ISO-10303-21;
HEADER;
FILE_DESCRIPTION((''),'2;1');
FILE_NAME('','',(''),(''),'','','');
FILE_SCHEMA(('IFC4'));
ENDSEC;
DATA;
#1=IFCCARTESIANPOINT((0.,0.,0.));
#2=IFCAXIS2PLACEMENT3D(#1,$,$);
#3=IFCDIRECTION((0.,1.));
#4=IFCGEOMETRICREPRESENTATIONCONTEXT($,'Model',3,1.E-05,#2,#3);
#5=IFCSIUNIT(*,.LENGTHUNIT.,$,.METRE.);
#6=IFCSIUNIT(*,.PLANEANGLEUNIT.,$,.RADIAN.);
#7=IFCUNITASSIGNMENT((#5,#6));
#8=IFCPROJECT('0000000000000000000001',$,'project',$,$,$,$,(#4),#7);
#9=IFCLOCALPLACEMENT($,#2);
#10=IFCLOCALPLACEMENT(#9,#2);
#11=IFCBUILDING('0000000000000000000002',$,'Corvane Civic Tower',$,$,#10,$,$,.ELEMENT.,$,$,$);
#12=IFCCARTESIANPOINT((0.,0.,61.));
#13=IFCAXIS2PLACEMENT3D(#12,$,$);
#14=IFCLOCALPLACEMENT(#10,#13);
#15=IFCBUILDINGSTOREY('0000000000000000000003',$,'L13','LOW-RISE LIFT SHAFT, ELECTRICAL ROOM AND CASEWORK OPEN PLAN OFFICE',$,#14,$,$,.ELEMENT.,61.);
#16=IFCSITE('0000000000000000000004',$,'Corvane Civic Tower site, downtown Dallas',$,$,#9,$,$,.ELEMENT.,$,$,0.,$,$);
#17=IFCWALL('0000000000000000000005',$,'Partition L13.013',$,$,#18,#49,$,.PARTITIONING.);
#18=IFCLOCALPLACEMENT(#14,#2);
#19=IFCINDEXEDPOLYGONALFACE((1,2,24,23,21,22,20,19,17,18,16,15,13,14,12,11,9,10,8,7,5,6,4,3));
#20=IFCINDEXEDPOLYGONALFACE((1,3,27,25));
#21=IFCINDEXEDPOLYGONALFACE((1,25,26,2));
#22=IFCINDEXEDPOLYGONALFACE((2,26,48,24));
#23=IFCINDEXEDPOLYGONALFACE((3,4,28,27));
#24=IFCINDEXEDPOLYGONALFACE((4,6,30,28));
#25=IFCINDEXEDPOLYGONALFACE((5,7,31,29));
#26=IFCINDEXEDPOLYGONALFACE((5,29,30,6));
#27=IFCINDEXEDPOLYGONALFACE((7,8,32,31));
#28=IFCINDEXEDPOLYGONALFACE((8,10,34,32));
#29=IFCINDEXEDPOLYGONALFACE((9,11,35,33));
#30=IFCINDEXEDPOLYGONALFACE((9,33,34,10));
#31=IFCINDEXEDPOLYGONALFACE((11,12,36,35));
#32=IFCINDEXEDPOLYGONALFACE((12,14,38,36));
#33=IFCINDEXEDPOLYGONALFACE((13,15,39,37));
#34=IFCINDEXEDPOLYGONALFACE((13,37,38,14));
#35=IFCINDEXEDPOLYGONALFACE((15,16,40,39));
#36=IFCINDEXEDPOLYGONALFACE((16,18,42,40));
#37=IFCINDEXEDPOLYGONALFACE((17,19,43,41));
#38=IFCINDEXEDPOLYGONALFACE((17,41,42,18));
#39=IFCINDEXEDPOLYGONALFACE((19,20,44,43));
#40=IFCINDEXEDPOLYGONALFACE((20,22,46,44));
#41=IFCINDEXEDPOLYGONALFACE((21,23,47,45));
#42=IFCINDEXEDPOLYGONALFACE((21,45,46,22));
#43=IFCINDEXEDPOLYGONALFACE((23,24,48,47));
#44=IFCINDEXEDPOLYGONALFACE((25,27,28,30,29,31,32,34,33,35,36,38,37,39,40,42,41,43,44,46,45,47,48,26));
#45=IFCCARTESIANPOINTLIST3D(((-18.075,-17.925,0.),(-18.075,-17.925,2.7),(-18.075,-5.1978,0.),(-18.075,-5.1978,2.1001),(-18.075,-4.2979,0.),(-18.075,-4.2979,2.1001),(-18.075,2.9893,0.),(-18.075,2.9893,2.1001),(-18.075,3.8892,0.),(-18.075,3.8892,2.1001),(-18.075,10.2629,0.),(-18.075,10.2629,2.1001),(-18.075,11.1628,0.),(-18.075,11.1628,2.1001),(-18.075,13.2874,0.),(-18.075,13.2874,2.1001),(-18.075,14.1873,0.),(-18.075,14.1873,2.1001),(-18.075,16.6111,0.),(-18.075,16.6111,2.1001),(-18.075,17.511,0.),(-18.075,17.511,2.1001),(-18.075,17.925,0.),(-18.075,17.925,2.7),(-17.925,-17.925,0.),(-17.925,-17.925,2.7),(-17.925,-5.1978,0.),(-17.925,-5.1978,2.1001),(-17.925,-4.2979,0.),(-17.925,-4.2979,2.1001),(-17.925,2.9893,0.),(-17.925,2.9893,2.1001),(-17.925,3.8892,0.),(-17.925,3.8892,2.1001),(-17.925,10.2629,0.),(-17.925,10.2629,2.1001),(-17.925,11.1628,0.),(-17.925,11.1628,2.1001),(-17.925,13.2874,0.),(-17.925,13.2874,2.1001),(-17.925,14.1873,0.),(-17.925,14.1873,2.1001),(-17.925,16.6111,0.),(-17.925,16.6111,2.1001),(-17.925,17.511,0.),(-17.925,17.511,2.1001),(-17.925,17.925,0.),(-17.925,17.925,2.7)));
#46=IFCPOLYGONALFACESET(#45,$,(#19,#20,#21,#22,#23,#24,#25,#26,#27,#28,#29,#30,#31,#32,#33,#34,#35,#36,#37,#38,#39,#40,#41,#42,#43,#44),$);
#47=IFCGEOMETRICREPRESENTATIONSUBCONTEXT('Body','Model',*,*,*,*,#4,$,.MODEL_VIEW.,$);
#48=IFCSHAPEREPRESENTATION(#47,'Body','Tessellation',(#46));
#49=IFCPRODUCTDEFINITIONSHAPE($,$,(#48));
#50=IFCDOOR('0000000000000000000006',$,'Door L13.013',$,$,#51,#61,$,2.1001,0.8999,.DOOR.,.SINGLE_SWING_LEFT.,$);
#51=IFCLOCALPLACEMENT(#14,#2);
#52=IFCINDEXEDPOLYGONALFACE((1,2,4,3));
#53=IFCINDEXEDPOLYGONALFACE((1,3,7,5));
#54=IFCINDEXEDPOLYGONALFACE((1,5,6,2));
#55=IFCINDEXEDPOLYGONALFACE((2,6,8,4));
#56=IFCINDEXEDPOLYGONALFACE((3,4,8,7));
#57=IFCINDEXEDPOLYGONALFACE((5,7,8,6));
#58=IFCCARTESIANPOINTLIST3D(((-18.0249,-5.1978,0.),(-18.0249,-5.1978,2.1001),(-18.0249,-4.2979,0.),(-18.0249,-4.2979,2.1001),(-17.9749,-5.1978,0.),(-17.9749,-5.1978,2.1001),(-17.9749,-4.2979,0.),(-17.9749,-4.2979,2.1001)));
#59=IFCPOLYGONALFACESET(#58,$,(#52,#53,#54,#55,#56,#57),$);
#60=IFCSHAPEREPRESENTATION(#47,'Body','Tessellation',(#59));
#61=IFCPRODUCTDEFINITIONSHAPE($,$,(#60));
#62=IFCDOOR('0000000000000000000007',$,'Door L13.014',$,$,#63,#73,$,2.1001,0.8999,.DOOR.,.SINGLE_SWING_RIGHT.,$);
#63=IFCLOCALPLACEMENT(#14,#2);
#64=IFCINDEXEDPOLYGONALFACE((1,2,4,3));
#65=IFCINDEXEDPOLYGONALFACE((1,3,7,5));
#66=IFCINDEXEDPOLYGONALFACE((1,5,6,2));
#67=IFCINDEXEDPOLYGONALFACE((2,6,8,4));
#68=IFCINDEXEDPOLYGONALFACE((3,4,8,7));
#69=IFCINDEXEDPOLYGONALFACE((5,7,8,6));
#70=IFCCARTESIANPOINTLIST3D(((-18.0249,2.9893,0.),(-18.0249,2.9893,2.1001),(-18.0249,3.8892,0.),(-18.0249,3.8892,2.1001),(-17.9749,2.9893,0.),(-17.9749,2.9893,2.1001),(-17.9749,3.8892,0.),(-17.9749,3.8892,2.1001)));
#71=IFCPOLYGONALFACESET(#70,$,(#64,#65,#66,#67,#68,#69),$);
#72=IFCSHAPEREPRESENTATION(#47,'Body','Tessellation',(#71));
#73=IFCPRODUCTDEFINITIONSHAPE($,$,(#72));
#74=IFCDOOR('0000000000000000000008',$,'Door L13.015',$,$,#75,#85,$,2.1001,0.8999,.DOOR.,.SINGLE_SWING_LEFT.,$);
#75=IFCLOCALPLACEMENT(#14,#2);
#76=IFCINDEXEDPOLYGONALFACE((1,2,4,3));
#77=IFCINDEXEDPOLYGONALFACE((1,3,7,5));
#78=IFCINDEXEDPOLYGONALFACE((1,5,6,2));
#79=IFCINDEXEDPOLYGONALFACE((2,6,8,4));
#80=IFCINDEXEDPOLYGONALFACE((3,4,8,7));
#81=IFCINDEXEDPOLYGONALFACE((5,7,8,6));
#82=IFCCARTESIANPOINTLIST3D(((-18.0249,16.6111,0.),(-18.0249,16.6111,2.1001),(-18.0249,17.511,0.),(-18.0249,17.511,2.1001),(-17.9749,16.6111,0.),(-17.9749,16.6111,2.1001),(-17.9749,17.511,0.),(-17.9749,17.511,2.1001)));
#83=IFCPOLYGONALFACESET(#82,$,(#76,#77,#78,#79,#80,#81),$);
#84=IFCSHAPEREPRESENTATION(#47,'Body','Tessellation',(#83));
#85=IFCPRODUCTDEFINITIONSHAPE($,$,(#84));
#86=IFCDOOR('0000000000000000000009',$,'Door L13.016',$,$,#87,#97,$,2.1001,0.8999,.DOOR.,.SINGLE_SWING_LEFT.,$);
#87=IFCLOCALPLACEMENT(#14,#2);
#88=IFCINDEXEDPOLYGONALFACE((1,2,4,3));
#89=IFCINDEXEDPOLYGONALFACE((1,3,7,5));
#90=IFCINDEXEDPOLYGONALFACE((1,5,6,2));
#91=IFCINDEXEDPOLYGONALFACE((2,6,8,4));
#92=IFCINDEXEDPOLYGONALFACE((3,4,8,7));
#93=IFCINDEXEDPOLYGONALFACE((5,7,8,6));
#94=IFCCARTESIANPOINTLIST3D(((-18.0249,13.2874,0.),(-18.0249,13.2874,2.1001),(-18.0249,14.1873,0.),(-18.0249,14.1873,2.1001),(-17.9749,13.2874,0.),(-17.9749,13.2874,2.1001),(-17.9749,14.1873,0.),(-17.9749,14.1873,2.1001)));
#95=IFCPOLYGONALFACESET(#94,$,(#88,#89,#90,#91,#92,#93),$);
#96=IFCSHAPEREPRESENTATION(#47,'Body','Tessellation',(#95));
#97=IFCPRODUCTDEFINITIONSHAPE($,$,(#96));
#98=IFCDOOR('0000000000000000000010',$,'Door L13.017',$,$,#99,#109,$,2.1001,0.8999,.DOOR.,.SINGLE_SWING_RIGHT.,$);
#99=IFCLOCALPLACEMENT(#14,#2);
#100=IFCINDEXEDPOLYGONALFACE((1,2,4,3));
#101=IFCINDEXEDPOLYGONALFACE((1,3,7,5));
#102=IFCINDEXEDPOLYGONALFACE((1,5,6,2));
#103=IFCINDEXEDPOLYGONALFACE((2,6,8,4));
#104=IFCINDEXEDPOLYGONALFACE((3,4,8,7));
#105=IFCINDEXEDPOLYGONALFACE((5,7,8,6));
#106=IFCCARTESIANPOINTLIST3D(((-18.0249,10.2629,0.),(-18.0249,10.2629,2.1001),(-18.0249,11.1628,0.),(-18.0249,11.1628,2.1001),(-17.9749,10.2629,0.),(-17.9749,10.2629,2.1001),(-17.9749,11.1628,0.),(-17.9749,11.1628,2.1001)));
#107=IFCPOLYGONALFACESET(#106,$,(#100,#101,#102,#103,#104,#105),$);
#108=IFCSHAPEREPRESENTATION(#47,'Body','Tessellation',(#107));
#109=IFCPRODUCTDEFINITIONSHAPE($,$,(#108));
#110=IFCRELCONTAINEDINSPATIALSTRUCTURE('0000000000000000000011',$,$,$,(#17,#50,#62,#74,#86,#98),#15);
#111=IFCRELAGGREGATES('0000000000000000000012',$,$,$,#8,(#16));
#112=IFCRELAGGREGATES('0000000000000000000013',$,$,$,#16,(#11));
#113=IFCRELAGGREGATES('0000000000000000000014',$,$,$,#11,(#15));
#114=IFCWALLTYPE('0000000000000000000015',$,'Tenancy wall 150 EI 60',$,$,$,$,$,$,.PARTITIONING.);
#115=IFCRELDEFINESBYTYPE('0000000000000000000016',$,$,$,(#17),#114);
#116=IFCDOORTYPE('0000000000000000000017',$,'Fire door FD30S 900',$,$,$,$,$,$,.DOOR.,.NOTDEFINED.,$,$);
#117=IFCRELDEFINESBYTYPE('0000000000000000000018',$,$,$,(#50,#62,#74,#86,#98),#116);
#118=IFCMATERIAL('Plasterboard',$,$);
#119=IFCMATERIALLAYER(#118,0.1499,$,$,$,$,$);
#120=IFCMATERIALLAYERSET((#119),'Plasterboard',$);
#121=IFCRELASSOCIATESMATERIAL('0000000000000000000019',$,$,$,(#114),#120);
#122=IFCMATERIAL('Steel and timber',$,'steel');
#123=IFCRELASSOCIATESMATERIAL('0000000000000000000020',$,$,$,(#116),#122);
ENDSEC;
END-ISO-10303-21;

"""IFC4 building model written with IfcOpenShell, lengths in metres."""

from ifc_helpers import new_model, si_unit, direction, frame, frame_2d, origin, place, context, subcontext, project, spatial, rectangle, extrude, material, layer, layer_set, type_object, element, fill, save


model = new_model("IFC4")

# Units and contexts
model_context = context("Model", 3, precision=1e-05, world=origin(), true_north=direction((0.0, 1.0)))
body_context = subcontext(model_context, "Body", "Model", "MODEL_VIEW")
ifc_project = project(units=[si_unit("LENGTHUNIT", "METRE"), si_unit("PLANEANGLEUNIT", "RADIAN")], contexts=[model_context])

# Site, building, storey
site_placement = place(None, origin())
site = spatial("IfcSite", under=ifc_project, at=site_placement, Name="Corvane Civic Tower site, downtown Dallas", CompositionType="ELEMENT", RefElevation=0.0)
building_placement = place(site_placement, origin())
building = spatial("IfcBuilding", under=site, at=building_placement, Name="Corvane Civic Tower", CompositionType="ELEMENT")
storey_placement = place(building_placement, frame((0.0, 0.0, 61.0)))
storey = spatial("IfcBuildingStorey", under=building, at=storey_placement, Name="L13", Description="LOW-RISE LIFT SHAFT, ELECTRICAL ROOM AND CASEWORK OPEN PLAN OFFICE", CompositionType="ELEMENT", Elevation=61.0)

# Wall, openings, doors
ifc_material_1 = material(Name="Plasterboard")
ifc_layer_1 = layer(ifc_material_1, 0.1499)
ifc_layer_set_1 = layer_set([ifc_layer_1], Name="Plasterboard")
wall_type_1 = type_object("IfcWallType", Name="Tenancy wall 150 EI 60", PredefinedType="PARTITIONING", material=ifc_layer_set_1)
ifc_material_2 = material(Name="Steel and timber", Category="steel")
door_type_1 = type_object("IfcDoorType", Name="Fire door FD30S 900", OperationType="NOTDEFINED", PredefinedType="DOOR", material=ifc_material_2)
wall_1_placement = place(storey_placement, frame((-18.0, -17.925, 0.0), z_axis=(0.0, 0.0, 1.0), x_axis=(0.0, 1.0, 0.0)))
wall_1 = element("IfcWall", 1, at=wall_1_placement, inside=storey, type_object=wall_type_1, Name="Partition L13.013", PredefinedType="PARTITIONING", context=body_context, shape_type="SweptSolid", body=[
    extrude(rectangle(XDim=35.8501, YDim=0.1499, at=frame_2d((17.925, 0.0))), origin(), (0.0, 0.0, 1.0), 2.7),
])
opening_1_placement = place(wall_1_placement, frame((12.7273, 0.0, 0.0)))
opening_1 = element("IfcOpeningElement", 2, at=opening_1_placement, cuts=wall_1, PredefinedType="OPENING", context=body_context, shape_type="SweptSolid", body=[
    extrude(rectangle(XDim=0.8999, YDim=2.1001, at=frame_2d((0.45, 1.05))), frame((0.0, 0.085, 0.0), z_axis=(0.0, -1.0, 0.0), x_axis=(1.0, 0.0, 0.0)), (0.0, 0.0, 1.0), 0.1699),
])
opening_2_placement = place(wall_1_placement, frame((20.9143, 0.0, 0.0)))
opening_2 = element("IfcOpeningElement", 3, at=opening_2_placement, cuts=wall_1, PredefinedType="OPENING", context=body_context, shape_type="SweptSolid", body=[
    extrude(rectangle(XDim=0.8999, YDim=2.1001, at=frame_2d((0.45, 1.05))), frame((0.0, 0.085, 0.0), z_axis=(0.0, -1.0, 0.0), x_axis=(1.0, 0.0, 0.0)), (0.0, 0.0, 1.0), 0.1699),
])
opening_3_placement = place(wall_1_placement, frame((34.5361, 0.0, 0.0)))
opening_3 = element("IfcOpeningElement", 4, at=opening_3_placement, cuts=wall_1, PredefinedType="OPENING", context=body_context, shape_type="SweptSolid", body=[
    extrude(rectangle(XDim=0.8999, YDim=2.1001, at=frame_2d((0.45, 1.05))), frame((0.0, 0.085, 0.0), z_axis=(0.0, -1.0, 0.0), x_axis=(1.0, 0.0, 0.0)), (0.0, 0.0, 1.0), 0.1699),
])
opening_4_placement = place(wall_1_placement, frame((31.2124, 0.0, 0.0)))
opening_4 = element("IfcOpeningElement", 5, at=opening_4_placement, cuts=wall_1, PredefinedType="OPENING", context=body_context, shape_type="SweptSolid", body=[
    extrude(rectangle(XDim=0.8999, YDim=2.1001, at=frame_2d((0.45, 1.05))), frame((0.0, 0.085, 0.0), z_axis=(0.0, -1.0, 0.0), x_axis=(1.0, 0.0, 0.0)), (0.0, 0.0, 1.0), 0.1699),
])
opening_5_placement = place(wall_1_placement, frame((28.188, 0.0, 0.0)))
opening_5 = element("IfcOpeningElement", 6, at=opening_5_placement, cuts=wall_1, PredefinedType="OPENING", context=body_context, shape_type="SweptSolid", body=[
    extrude(rectangle(XDim=0.8999, YDim=2.1001, at=frame_2d((0.45, 1.05))), frame((0.0, 0.085, 0.0), z_axis=(0.0, -1.0, 0.0), x_axis=(1.0, 0.0, 0.0)), (0.0, 0.0, 1.0), 0.1699),
])
door_1_placement = place(opening_1_placement, origin())
door_1 = element("IfcDoor", 7, at=door_1_placement, inside=storey, type_object=door_type_1, Name="Door L13.013", OperationType="SINGLE_SWING_LEFT", OverallHeight=2.1001, OverallWidth=0.8999, PredefinedType="DOOR", context=body_context, shape_type="SweptSolid", body=[
    extrude(rectangle(XDim=0.8999, YDim=2.1001, at=frame_2d((0.45, 1.05))), frame((0.0, 0.0249, 0.0), z_axis=(0.0, -1.0, 0.0), x_axis=(1.0, 0.0, 0.0)), (0.0, 0.0, 1.0), 0.05),
])
fill(opening_1, door_1)
door_2_placement = place(opening_2_placement, origin())
door_2 = element("IfcDoor", 8, at=door_2_placement, inside=storey, type_object=door_type_1, Name="Door L13.014", OperationType="SINGLE_SWING_RIGHT", OverallHeight=2.1001, OverallWidth=0.8999, PredefinedType="DOOR", context=body_context, shape_type="SweptSolid", body=[
    extrude(rectangle(XDim=0.8999, YDim=2.1001, at=frame_2d((0.45, 1.05))), frame((0.0, 0.0249, 0.0), z_axis=(0.0, -1.0, 0.0), x_axis=(1.0, 0.0, 0.0)), (0.0, 0.0, 1.0), 0.05),
])
fill(opening_2, door_2)
door_3_placement = place(opening_3_placement, origin())
door_3 = element("IfcDoor", 9, at=door_3_placement, inside=storey, type_object=door_type_1, Name="Door L13.015", OperationType="SINGLE_SWING_LEFT", OverallHeight=2.1001, OverallWidth=0.8999, PredefinedType="DOOR", context=body_context, shape_type="SweptSolid", body=[
    extrude(rectangle(XDim=0.8999, YDim=2.1001, at=frame_2d((0.45, 1.05))), frame((0.0, 0.0249, 0.0), z_axis=(0.0, -1.0, 0.0), x_axis=(1.0, 0.0, 0.0)), (0.0, 0.0, 1.0), 0.05),
])
fill(opening_3, door_3)
door_4_placement = place(opening_4_placement, origin())
door_4 = element("IfcDoor", 10, at=door_4_placement, inside=storey, type_object=door_type_1, Name="Door L13.016", OperationType="SINGLE_SWING_LEFT", OverallHeight=2.1001, OverallWidth=0.8999, PredefinedType="DOOR", context=body_context, shape_type="SweptSolid", body=[
    extrude(rectangle(XDim=0.8999, YDim=2.1001, at=frame_2d((0.45, 1.05))), frame((0.0, 0.0249, 0.0), z_axis=(0.0, -1.0, 0.0), x_axis=(1.0, 0.0, 0.0)), (0.0, 0.0, 1.0), 0.05),
])
fill(opening_4, door_4)
door_5_placement = place(opening_5_placement, origin())
door_5 = element("IfcDoor", 11, at=door_5_placement, inside=storey, type_object=door_type_1, Name="Door L13.017", OperationType="SINGLE_SWING_RIGHT", OverallHeight=2.1001, OverallWidth=0.8999, PredefinedType="DOOR", context=body_context, shape_type="SweptSolid", body=[
    extrude(rectangle(XDim=0.8999, YDim=2.1001, at=frame_2d((0.45, 1.05))), frame((0.0, 0.0249, 0.0), z_axis=(0.0, -1.0, 0.0), x_axis=(1.0, 0.0, 0.0)), (0.0, 0.0, 1.0), 0.05),
])
fill(opening_5, door_5)

save(model, "model.ifc")
